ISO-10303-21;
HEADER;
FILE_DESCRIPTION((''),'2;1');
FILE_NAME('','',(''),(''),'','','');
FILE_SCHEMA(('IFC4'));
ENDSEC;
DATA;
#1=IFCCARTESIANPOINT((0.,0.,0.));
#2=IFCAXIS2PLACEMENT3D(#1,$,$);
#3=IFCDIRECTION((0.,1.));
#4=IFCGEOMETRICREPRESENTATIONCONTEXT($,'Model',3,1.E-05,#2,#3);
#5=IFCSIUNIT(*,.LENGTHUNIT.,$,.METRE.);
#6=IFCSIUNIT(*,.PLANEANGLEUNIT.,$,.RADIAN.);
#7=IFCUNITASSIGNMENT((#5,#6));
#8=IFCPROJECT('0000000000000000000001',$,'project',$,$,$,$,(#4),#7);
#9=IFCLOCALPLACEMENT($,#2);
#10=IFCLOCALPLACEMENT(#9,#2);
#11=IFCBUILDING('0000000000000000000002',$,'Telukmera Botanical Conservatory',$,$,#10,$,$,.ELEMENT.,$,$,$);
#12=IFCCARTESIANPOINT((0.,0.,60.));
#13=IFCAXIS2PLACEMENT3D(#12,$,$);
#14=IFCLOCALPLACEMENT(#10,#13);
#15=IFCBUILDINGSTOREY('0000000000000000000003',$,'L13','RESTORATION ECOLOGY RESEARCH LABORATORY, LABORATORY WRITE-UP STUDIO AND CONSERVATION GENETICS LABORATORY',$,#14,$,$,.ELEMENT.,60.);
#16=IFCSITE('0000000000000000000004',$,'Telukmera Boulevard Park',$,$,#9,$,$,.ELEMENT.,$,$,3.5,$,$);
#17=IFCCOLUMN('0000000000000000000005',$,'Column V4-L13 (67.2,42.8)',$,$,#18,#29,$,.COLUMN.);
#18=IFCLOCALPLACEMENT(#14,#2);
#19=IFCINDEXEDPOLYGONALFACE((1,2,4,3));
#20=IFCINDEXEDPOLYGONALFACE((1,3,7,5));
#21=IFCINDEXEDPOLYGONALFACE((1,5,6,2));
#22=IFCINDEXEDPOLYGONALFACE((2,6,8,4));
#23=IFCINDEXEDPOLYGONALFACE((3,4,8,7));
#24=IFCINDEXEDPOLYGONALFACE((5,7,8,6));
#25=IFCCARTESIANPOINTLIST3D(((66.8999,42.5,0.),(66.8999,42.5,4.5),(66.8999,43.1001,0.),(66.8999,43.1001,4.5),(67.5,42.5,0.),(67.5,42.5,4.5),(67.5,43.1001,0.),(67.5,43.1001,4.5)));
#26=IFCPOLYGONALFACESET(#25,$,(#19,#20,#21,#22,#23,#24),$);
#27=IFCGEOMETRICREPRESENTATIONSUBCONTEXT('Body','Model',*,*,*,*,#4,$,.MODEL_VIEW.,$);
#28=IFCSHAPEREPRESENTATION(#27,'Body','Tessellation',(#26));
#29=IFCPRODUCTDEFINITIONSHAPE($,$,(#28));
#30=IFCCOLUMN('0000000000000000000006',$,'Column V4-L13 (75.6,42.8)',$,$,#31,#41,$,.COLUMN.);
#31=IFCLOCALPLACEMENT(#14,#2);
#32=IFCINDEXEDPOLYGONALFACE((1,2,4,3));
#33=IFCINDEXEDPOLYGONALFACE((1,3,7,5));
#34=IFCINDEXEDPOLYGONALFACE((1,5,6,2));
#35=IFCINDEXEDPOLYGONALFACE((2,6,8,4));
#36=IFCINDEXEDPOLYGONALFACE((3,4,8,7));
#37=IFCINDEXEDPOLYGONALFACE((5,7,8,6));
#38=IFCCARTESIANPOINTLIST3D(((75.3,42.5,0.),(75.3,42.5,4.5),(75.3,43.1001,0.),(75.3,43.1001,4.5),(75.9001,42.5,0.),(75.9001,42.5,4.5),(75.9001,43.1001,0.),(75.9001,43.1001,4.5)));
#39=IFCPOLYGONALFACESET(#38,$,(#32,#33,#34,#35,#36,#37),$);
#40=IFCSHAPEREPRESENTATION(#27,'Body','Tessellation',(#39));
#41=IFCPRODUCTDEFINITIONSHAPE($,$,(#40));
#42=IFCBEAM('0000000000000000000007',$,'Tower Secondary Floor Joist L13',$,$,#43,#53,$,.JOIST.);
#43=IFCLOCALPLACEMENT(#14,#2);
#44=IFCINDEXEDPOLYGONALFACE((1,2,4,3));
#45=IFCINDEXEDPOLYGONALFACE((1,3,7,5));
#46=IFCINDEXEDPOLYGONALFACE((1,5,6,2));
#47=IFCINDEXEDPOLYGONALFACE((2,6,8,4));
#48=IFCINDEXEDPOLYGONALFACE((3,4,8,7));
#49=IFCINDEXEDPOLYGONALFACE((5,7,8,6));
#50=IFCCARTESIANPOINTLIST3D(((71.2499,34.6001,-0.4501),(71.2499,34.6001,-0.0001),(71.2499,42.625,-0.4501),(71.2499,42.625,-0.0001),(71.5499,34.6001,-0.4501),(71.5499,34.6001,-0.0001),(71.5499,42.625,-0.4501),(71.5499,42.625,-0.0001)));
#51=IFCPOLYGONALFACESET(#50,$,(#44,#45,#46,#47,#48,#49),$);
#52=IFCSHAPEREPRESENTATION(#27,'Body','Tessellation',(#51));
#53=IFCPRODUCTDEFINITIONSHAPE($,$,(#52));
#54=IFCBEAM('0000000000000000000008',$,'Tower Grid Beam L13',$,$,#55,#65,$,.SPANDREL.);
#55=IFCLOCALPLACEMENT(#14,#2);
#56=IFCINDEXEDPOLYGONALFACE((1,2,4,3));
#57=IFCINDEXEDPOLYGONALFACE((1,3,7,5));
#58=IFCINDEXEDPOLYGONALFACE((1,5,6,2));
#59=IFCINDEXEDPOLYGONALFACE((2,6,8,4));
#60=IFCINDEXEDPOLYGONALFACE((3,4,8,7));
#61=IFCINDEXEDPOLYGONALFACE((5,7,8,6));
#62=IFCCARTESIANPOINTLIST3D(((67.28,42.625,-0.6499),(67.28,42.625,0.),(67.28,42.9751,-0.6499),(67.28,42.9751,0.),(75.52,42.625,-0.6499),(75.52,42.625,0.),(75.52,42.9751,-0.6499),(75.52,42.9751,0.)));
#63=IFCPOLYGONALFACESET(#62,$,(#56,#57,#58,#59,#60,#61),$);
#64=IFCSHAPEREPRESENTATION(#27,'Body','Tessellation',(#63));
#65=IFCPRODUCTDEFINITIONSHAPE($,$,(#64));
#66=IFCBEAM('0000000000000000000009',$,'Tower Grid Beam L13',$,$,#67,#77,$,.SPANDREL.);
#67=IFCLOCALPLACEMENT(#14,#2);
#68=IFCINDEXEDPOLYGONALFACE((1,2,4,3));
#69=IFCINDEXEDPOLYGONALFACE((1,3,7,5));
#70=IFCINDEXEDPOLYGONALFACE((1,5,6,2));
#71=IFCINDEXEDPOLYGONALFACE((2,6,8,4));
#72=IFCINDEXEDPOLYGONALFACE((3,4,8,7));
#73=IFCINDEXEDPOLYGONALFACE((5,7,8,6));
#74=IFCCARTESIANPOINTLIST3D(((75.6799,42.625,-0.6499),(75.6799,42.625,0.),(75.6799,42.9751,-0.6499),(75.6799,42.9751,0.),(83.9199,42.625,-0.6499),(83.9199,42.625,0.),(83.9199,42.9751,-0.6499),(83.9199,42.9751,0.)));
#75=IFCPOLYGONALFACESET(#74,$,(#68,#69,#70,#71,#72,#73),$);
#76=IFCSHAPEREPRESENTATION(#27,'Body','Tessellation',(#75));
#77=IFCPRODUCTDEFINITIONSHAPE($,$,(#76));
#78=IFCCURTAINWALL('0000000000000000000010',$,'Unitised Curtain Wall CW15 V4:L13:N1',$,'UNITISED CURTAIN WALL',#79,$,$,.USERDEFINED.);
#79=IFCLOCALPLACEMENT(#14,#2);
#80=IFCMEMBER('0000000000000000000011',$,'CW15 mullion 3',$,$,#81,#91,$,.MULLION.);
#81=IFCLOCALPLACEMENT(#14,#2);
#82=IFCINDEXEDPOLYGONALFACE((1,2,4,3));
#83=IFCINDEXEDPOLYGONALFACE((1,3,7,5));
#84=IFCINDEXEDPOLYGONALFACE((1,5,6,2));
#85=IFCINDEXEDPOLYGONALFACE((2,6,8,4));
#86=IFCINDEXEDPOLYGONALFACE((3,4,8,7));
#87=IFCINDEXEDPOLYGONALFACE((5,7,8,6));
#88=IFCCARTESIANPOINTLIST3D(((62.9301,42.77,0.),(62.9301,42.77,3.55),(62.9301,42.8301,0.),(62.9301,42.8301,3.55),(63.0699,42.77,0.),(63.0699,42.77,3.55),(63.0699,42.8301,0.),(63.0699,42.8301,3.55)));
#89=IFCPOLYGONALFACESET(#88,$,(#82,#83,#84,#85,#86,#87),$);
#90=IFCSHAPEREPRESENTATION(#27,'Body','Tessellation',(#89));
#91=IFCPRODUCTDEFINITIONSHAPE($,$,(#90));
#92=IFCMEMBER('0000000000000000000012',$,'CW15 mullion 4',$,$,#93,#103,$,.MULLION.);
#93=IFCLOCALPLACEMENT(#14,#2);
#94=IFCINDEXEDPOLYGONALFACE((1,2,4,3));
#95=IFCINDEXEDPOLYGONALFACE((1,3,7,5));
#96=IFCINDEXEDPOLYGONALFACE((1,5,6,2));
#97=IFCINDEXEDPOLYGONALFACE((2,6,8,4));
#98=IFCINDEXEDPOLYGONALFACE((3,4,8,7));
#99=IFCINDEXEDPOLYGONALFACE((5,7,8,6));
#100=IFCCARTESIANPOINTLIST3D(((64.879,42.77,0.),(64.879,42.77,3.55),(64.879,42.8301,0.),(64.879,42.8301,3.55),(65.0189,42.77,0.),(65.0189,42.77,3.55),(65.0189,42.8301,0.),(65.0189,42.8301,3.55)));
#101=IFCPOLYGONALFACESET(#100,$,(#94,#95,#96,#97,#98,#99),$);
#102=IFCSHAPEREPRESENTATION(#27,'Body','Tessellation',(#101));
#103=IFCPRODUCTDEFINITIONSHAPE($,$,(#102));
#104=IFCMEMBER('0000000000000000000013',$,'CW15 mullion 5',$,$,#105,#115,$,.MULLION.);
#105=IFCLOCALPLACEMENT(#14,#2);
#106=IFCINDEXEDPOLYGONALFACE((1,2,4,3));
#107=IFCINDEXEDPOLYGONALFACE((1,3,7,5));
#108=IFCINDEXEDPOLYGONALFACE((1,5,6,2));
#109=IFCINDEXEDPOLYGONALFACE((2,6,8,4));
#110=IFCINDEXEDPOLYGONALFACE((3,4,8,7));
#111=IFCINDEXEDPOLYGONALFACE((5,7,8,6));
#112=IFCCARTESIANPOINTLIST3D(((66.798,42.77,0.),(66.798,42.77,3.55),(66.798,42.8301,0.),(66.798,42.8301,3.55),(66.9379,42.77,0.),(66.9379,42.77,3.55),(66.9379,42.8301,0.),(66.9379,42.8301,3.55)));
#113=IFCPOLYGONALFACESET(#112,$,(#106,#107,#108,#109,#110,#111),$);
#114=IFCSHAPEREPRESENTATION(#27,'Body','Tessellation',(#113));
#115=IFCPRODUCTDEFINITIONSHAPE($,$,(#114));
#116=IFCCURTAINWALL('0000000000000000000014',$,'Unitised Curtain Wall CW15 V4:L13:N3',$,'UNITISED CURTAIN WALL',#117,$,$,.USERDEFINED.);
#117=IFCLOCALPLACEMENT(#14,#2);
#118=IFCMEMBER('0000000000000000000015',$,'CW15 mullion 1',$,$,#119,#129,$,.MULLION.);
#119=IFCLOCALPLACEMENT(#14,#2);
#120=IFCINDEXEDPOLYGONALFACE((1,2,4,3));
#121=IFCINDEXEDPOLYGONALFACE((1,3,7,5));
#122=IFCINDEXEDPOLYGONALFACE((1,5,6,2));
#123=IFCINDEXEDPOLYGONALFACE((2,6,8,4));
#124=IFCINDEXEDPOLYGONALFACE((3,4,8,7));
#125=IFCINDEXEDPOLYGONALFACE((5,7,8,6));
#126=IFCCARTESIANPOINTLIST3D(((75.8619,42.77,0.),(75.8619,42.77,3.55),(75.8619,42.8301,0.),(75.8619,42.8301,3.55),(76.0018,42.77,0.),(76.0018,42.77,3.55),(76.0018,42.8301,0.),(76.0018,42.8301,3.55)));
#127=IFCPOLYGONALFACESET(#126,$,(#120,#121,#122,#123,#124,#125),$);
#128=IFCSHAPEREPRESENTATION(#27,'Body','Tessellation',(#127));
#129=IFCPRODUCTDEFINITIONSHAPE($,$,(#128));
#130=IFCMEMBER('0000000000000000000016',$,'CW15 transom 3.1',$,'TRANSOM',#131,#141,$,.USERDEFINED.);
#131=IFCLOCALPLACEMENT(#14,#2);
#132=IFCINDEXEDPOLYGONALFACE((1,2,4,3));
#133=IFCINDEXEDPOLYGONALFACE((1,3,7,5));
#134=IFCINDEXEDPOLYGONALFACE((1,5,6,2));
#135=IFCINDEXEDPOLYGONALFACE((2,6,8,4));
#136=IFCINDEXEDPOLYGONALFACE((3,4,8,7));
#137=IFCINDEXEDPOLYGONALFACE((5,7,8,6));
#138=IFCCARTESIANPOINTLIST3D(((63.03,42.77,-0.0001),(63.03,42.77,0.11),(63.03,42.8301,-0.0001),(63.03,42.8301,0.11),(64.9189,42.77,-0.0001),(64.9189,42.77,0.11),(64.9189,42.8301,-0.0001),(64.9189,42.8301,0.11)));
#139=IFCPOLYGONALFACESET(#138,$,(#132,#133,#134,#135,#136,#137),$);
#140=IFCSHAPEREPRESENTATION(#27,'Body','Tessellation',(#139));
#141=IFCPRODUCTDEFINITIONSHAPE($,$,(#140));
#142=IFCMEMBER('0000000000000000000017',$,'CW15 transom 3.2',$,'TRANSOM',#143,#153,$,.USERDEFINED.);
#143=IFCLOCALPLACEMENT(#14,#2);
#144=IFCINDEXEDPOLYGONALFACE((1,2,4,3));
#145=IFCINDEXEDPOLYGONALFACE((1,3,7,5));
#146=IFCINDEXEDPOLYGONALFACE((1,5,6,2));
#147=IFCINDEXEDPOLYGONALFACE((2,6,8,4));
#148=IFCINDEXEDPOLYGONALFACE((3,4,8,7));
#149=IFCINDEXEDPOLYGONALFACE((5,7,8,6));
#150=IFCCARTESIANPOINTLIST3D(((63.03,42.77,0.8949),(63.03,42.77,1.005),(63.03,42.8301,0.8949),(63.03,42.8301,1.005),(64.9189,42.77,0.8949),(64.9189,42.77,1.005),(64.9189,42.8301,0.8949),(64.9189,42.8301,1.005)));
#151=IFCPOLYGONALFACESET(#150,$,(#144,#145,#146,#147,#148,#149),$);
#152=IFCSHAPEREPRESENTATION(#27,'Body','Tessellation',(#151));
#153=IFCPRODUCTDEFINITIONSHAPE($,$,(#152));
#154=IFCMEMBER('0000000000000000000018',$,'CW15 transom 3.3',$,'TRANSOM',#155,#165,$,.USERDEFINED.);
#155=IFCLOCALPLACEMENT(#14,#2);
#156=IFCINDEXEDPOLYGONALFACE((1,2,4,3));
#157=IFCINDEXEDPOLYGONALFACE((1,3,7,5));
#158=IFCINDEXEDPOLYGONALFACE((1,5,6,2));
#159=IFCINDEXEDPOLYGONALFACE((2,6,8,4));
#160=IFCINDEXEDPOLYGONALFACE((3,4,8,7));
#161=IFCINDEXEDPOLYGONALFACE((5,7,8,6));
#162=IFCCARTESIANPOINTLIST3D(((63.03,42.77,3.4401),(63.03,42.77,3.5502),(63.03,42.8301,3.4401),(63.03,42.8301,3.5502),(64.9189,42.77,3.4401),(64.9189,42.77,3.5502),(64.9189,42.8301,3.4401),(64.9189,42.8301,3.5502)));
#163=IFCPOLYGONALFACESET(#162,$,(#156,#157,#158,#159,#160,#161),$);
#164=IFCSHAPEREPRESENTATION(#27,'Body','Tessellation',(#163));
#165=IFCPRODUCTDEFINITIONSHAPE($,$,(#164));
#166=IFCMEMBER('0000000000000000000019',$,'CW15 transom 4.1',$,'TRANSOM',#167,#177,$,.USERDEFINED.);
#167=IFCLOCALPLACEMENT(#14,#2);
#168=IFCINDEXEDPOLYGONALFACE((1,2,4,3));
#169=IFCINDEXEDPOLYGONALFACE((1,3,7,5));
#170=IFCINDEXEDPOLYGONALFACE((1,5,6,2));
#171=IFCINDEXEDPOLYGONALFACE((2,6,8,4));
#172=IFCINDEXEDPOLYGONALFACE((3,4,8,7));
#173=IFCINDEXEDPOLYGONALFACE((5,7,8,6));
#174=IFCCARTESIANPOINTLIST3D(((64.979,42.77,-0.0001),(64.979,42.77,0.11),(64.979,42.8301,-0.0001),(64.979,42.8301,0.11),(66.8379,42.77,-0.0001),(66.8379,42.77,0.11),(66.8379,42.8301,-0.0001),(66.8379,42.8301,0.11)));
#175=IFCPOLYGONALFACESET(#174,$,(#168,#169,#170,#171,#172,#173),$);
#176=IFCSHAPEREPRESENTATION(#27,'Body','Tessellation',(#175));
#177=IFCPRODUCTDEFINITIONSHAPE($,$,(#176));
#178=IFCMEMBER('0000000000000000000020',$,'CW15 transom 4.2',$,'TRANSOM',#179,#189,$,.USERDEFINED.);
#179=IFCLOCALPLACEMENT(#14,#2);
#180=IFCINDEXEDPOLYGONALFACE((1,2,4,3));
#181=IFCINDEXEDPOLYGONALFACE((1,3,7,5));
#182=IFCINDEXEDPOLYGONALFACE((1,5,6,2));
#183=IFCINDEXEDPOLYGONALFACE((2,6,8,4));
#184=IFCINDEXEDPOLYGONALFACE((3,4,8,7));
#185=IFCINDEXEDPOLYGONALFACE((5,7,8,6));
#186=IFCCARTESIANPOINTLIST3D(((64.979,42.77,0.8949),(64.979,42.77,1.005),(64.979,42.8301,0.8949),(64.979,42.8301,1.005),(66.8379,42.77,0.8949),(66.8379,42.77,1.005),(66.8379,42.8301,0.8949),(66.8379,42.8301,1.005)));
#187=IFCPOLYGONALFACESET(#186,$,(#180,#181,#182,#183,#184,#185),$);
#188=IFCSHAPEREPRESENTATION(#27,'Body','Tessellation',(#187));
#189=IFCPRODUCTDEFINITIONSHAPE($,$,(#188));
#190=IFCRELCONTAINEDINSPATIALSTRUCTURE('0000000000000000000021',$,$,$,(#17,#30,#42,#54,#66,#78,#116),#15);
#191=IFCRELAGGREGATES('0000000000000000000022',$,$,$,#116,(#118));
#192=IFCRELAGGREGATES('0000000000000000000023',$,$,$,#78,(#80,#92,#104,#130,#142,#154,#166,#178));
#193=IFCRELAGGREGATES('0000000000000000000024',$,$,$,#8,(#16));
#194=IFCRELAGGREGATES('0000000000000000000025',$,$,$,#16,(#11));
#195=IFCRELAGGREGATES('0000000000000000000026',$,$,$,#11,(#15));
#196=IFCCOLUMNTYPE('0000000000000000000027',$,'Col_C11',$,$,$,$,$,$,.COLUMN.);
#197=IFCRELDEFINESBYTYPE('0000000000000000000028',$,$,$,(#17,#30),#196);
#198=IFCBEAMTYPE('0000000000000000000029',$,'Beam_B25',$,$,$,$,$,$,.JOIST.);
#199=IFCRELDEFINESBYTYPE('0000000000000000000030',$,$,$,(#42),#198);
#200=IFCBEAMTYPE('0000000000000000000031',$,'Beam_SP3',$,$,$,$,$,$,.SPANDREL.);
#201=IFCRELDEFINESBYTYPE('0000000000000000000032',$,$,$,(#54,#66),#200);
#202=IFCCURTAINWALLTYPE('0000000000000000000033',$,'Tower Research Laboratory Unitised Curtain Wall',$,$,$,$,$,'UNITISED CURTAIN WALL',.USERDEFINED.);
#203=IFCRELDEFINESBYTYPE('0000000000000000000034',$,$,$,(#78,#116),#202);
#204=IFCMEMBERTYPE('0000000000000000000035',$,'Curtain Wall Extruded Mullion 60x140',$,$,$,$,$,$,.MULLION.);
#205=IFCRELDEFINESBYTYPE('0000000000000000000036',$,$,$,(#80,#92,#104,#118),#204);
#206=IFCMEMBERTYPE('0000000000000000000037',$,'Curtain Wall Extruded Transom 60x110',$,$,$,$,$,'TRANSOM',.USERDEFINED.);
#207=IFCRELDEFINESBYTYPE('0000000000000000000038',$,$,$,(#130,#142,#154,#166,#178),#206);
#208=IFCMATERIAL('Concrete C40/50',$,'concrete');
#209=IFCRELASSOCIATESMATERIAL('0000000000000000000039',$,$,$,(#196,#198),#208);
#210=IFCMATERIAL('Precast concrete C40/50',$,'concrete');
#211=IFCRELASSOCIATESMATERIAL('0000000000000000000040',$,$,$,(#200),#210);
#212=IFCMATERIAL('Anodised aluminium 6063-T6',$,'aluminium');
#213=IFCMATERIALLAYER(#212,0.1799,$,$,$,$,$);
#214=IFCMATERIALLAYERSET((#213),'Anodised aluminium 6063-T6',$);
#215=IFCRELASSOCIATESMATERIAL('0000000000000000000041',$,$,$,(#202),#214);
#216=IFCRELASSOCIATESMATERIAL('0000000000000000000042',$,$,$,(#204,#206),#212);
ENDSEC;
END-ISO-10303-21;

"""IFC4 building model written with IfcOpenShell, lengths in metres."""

from ifc_helpers import new_model, si_unit, direction, frame, origin, origin_2d, place, context, subcontext, project, spatial, rectangle, extrude, material, layer, layer_set, material_profile, profile_set, type_object, element, aggregate, save


model = new_model("IFC4")

# Units and contexts
model_context = context("Model", 3, precision=1e-05, world=origin(), true_north=direction((0.0, 1.0)))
body_context = subcontext(model_context, "Body", "Model", "MODEL_VIEW")
ifc_project = project(units=[si_unit("LENGTHUNIT", "METRE"), si_unit("PLANEANGLEUNIT", "RADIAN")], contexts=[model_context])

# Site, building, storey
site_placement = place(None, origin())
site = spatial("IfcSite", under=ifc_project, at=site_placement, Name="Telukmera Boulevard Park", CompositionType="ELEMENT", RefElevation=3.5)
building_placement = place(site_placement, origin())
building = spatial("IfcBuilding", under=site, at=building_placement, Name="Telukmera Botanical Conservatory", CompositionType="ELEMENT")
storey_placement = place(building_placement, frame((0.0, 0.0, 60.0)))
storey = spatial("IfcBuildingStorey", under=building, at=storey_placement, Name="L13", Description="RESTORATION ECOLOGY RESEARCH LABORATORY, LABORATORY WRITE-UP STUDIO AND CONSERVATION GENETICS LABORATORY", CompositionType="ELEMENT", Elevation=60.0)

# Columns
ifc_material_1 = material(Name="Concrete C40/50", Category="concrete")
ifc_material_profile_1 = material_profile(ifc_material_1, rectangle(XDim=0.6001, YDim=0.6001, at=origin_2d()), Name="RC 600x600")
ifc_profile_set_1 = profile_set([ifc_material_profile_1], Name="Concrete C40/50")
column_type = type_object("IfcColumnType", Name="Col_C11", PredefinedType="COLUMN", material=ifc_profile_set_1)
for number, where, z_axis, x_axis, name in (
    (1, (67.2, 42.8, 0.0), (0.0, 0.0, 1.0), (1.0, 0.0, 0.0), "Column V4-L13 (67.2,42.8)"),
    (2, (75.6001, 42.8, 0.0), (0.0, 0.0, 1.0), (1.0, 0.0, 0.0), "Column V4-L13 (75.6,42.8)"),
):
    element("IfcColumn", number, at=place(storey_placement, frame(where, z_axis=z_axis, x_axis=x_axis)), inside=storey, type_object=column_type, Name=name, PredefinedType="COLUMN", context=body_context, shape_type="SweptSolid", body=[
        extrude(rectangle(XDim=0.6001, YDim=0.6001, at=origin_2d()), origin(), (0.0, 0.0, 1.0), 4.5),
    ])

# Beams
ifc_material_profile_2 = material_profile(ifc_material_1, rectangle(XDim=0.3, YDim=0.45, at=origin_2d()), Name="RC 300x450")
ifc_profile_set_2 = profile_set([ifc_material_profile_2], Name="Concrete C40/50")
beam_type_1 = type_object("IfcBeamType", Name="Beam_B25", PredefinedType="JOIST", material=ifc_profile_set_2)
beam_placement = place(storey_placement, frame((71.3999, 34.6001, -0.2251), z_axis=(0.0, 1.0, 0.0), x_axis=(-1.0, 0.0, 0.0)))
element("IfcBeam", 3, at=beam_placement, inside=storey, type_object=beam_type_1, Name="Tower Secondary Floor Joist L13", PredefinedType="JOIST", context=body_context, shape_type="SweptSolid", body=[
    extrude(rectangle(XDim=0.3, YDim=0.45, at=origin_2d()), origin(), (0.0, 0.0, 1.0), 8.0249),
])
ifc_material_2 = material(Name="Precast concrete C40/50", Category="concrete")
ifc_material_profile_3 = material_profile(ifc_material_2, rectangle(XDim=0.3501, YDim=0.6499, at=origin_2d()), Name="PC 350x650")
ifc_profile_set_3 = profile_set([ifc_material_profile_3], Name="Precast concrete C40/50")
beam_type_2 = type_object("IfcBeamType", Name="Beam_SP3", PredefinedType="SPANDREL", material=ifc_profile_set_3)
for number, where, z_axis, x_axis, name in (
    (4, (67.28, 42.8, -0.325), (1.0, 0.0, 0.0), (0.0, 1.0, 0.0), "Tower Grid Beam L13"),
    (5, (75.6799, 42.8, -0.325), (1.0, 0.0, 0.0), (0.0, 1.0, 0.0), "Tower Grid Beam L13"),
):
    element("IfcBeam", number, at=place(storey_placement, frame(where, z_axis=z_axis, x_axis=x_axis)), inside=storey, type_object=beam_type_2, Name=name, PredefinedType="SPANDREL", context=body_context, shape_type="SweptSolid", body=[
        extrude(rectangle(XDim=0.3501, YDim=0.6499, at=origin_2d()), origin(), (0.0, 0.0, 1.0), 8.24),
    ])

# Curtain wall, members
ifc_material_3 = material(Name="Anodised aluminium 6063-T6", Category="aluminium")
ifc_layer_1 = layer(ifc_material_3, 0.1799)
ifc_layer_set_1 = layer_set([ifc_layer_1], Name="Anodised aluminium 6063-T6")
curtain_wall_type = type_object("IfcCurtainWallType", Name="Tower Research Laboratory Unitised Curtain Wall", ElementType="UNITISED CURTAIN WALL", PredefinedType="USERDEFINED", material=ifc_layer_set_1)
curtain_wall_1_placement = place(storey_placement, origin())
curtain_wall_1 = element("IfcCurtainWall", 6, at=curtain_wall_1_placement, inside=storey, type_object=curtain_wall_type, Name="Unitised Curtain Wall CW15 V4:L13:N1", ObjectType="UNITISED CURTAIN WALL", PredefinedType="USERDEFINED")
ifc_material_profile_4 = material_profile(ifc_material_3, rectangle(XDim=0.0601, YDim=0.1399, at=origin_2d()), Name="ALU MULL 60x140")
ifc_profile_set_4 = profile_set([ifc_material_profile_4], Name="Anodised aluminium 6063-T6")
member_type_1 = type_object("IfcMemberType", Name="Curtain Wall Extruded Mullion 60x140", PredefinedType="MULLION", material=ifc_profile_set_4)
member_1_placement = place(storey_placement, frame((63.0, 42.8, 0.0), z_axis=(0.0, 0.0, 1.0), x_axis=(0.0, 1.0, 0.0)))
member_1 = element("IfcMember", 7, at=member_1_placement, type_object=member_type_1, Name="CW15 mullion 3", PredefinedType="MULLION", context=body_context, shape_type="SweptSolid", body=[
    extrude(rectangle(XDim=0.0601, YDim=0.1399, at=origin_2d()), origin(), (0.0, 0.0, 1.0), 3.55),
])
member_2_placement = place(storey_placement, frame((64.949, 42.8, 0.0), z_axis=(0.0, 0.0, 1.0), x_axis=(0.0, 1.0, 0.0)))
member_2 = element("IfcMember", 8, at=member_2_placement, type_object=member_type_1, Name="CW15 mullion 4", PredefinedType="MULLION", context=body_context, shape_type="SweptSolid", body=[
    extrude(rectangle(XDim=0.0601, YDim=0.1399, at=origin_2d()), origin(), (0.0, 0.0, 1.0), 3.55),
])
member_3_placement = place(storey_placement, frame((66.8679, 42.8, 0.0), z_axis=(0.0, 0.0, 1.0), x_axis=(0.0, 1.0, 0.0)))
member_3 = element("IfcMember", 9, at=member_3_placement, type_object=member_type_1, Name="CW15 mullion 5", PredefinedType="MULLION", context=body_context, shape_type="SweptSolid", body=[
    extrude(rectangle(XDim=0.0601, YDim=0.1399, at=origin_2d()), origin(), (0.0, 0.0, 1.0), 3.55),
])

# Curtain wall, member
curtain_wall_2_placement = place(storey_placement, origin())
curtain_wall_2 = element("IfcCurtainWall", 10, at=curtain_wall_2_placement, inside=storey, type_object=curtain_wall_type, Name="Unitised Curtain Wall CW15 V4:L13:N3", ObjectType="UNITISED CURTAIN WALL", PredefinedType="USERDEFINED")
member_4_placement = place(storey_placement, frame((75.9319, 42.8, 0.0), z_axis=(0.0, 0.0, 1.0), x_axis=(0.0, 1.0, 0.0)))
member_4 = element("IfcMember", 11, at=member_4_placement, type_object=member_type_1, Name="CW15 mullion 1", PredefinedType="MULLION", context=body_context, shape_type="SweptSolid", body=[
    extrude(rectangle(XDim=0.0601, YDim=0.1399, at=origin_2d()), origin(), (0.0, 0.0, 1.0), 3.55),
])

# Members
ifc_material_profile_5 = material_profile(ifc_material_3, rectangle(XDim=0.0601, YDim=0.1101, at=origin_2d()), Name="ALU TRAN 60x110")
ifc_profile_set_5 = profile_set([ifc_material_profile_5], Name="Anodised aluminium 6063-T6")
member_type_2 = type_object("IfcMemberType", Name="Curtain Wall Extruded Transom 60x110", ElementType="TRANSOM", PredefinedType="USERDEFINED", material=ifc_profile_set_5)
member_5_placement = place(storey_placement, frame((63.03, 42.8, 0.0549), z_axis=(1.0, 0.0, 0.0), x_axis=(0.0, 1.0, 0.0)))
member_5 = element("IfcMember", 12, at=member_5_placement, type_object=member_type_2, Name="CW15 transom 3.1", ObjectType="TRANSOM", PredefinedType="USERDEFINED", context=body_context, shape_type="SweptSolid", body=[
    extrude(rectangle(XDim=0.0601, YDim=0.1101, at=origin_2d()), origin(), (0.0, 0.0, 1.0), 1.8889),
])
member_6_placement = place(storey_placement, frame((63.03, 42.8, 0.95), z_axis=(1.0, 0.0, 0.0), x_axis=(0.0, 1.0, 0.0)))
member_6 = element("IfcMember", 13, at=member_6_placement, type_object=member_type_2, Name="CW15 transom 3.2", ObjectType="TRANSOM", PredefinedType="USERDEFINED", context=body_context, shape_type="SweptSolid", body=[
    extrude(rectangle(XDim=0.0601, YDim=0.1101, at=origin_2d()), origin(), (0.0, 0.0, 1.0), 1.8889),
])
member_7_placement = place(storey_placement, frame((63.03, 42.8, 3.4951), z_axis=(1.0, 0.0, 0.0), x_axis=(0.0, 1.0, 0.0)))
member_7 = element("IfcMember", 14, at=member_7_placement, type_object=member_type_2, Name="CW15 transom 3.3", ObjectType="TRANSOM", PredefinedType="USERDEFINED", context=body_context, shape_type="SweptSolid", body=[
    extrude(rectangle(XDim=0.0601, YDim=0.1101, at=origin_2d()), origin(), (0.0, 0.0, 1.0), 1.8889),
])
member_8_placement = place(storey_placement, frame((64.979, 42.8, 0.0549), z_axis=(1.0, 0.0, 0.0), x_axis=(0.0, 1.0, 0.0)))
member_8 = element("IfcMember", 15, at=member_8_placement, type_object=member_type_2, Name="CW15 transom 4.1", ObjectType="TRANSOM", PredefinedType="USERDEFINED", context=body_context, shape_type="SweptSolid", body=[
    extrude(rectangle(XDim=0.0601, YDim=0.1101, at=origin_2d()), origin(), (0.0, 0.0, 1.0), 1.8589),
])
member_9_placement = place(storey_placement, frame((64.979, 42.8, 0.95), z_axis=(1.0, 0.0, 0.0), x_axis=(0.0, 1.0, 0.0)))
member_9 = element("IfcMember", 16, at=member_9_placement, type_object=member_type_2, Name="CW15 transom 4.2", ObjectType="TRANSOM", PredefinedType="USERDEFINED", context=body_context, shape_type="SweptSolid", body=[
    extrude(rectangle(XDim=0.0601, YDim=0.1101, at=origin_2d()), origin(), (0.0, 0.0, 1.0), 1.8589),
])
aggregate(curtain_wall_2, [member_4])

aggregate(curtain_wall_1, [member_1, member_2, member_3, member_5, member_6, member_7, member_8, member_9])

save(model, "model.ifc")
